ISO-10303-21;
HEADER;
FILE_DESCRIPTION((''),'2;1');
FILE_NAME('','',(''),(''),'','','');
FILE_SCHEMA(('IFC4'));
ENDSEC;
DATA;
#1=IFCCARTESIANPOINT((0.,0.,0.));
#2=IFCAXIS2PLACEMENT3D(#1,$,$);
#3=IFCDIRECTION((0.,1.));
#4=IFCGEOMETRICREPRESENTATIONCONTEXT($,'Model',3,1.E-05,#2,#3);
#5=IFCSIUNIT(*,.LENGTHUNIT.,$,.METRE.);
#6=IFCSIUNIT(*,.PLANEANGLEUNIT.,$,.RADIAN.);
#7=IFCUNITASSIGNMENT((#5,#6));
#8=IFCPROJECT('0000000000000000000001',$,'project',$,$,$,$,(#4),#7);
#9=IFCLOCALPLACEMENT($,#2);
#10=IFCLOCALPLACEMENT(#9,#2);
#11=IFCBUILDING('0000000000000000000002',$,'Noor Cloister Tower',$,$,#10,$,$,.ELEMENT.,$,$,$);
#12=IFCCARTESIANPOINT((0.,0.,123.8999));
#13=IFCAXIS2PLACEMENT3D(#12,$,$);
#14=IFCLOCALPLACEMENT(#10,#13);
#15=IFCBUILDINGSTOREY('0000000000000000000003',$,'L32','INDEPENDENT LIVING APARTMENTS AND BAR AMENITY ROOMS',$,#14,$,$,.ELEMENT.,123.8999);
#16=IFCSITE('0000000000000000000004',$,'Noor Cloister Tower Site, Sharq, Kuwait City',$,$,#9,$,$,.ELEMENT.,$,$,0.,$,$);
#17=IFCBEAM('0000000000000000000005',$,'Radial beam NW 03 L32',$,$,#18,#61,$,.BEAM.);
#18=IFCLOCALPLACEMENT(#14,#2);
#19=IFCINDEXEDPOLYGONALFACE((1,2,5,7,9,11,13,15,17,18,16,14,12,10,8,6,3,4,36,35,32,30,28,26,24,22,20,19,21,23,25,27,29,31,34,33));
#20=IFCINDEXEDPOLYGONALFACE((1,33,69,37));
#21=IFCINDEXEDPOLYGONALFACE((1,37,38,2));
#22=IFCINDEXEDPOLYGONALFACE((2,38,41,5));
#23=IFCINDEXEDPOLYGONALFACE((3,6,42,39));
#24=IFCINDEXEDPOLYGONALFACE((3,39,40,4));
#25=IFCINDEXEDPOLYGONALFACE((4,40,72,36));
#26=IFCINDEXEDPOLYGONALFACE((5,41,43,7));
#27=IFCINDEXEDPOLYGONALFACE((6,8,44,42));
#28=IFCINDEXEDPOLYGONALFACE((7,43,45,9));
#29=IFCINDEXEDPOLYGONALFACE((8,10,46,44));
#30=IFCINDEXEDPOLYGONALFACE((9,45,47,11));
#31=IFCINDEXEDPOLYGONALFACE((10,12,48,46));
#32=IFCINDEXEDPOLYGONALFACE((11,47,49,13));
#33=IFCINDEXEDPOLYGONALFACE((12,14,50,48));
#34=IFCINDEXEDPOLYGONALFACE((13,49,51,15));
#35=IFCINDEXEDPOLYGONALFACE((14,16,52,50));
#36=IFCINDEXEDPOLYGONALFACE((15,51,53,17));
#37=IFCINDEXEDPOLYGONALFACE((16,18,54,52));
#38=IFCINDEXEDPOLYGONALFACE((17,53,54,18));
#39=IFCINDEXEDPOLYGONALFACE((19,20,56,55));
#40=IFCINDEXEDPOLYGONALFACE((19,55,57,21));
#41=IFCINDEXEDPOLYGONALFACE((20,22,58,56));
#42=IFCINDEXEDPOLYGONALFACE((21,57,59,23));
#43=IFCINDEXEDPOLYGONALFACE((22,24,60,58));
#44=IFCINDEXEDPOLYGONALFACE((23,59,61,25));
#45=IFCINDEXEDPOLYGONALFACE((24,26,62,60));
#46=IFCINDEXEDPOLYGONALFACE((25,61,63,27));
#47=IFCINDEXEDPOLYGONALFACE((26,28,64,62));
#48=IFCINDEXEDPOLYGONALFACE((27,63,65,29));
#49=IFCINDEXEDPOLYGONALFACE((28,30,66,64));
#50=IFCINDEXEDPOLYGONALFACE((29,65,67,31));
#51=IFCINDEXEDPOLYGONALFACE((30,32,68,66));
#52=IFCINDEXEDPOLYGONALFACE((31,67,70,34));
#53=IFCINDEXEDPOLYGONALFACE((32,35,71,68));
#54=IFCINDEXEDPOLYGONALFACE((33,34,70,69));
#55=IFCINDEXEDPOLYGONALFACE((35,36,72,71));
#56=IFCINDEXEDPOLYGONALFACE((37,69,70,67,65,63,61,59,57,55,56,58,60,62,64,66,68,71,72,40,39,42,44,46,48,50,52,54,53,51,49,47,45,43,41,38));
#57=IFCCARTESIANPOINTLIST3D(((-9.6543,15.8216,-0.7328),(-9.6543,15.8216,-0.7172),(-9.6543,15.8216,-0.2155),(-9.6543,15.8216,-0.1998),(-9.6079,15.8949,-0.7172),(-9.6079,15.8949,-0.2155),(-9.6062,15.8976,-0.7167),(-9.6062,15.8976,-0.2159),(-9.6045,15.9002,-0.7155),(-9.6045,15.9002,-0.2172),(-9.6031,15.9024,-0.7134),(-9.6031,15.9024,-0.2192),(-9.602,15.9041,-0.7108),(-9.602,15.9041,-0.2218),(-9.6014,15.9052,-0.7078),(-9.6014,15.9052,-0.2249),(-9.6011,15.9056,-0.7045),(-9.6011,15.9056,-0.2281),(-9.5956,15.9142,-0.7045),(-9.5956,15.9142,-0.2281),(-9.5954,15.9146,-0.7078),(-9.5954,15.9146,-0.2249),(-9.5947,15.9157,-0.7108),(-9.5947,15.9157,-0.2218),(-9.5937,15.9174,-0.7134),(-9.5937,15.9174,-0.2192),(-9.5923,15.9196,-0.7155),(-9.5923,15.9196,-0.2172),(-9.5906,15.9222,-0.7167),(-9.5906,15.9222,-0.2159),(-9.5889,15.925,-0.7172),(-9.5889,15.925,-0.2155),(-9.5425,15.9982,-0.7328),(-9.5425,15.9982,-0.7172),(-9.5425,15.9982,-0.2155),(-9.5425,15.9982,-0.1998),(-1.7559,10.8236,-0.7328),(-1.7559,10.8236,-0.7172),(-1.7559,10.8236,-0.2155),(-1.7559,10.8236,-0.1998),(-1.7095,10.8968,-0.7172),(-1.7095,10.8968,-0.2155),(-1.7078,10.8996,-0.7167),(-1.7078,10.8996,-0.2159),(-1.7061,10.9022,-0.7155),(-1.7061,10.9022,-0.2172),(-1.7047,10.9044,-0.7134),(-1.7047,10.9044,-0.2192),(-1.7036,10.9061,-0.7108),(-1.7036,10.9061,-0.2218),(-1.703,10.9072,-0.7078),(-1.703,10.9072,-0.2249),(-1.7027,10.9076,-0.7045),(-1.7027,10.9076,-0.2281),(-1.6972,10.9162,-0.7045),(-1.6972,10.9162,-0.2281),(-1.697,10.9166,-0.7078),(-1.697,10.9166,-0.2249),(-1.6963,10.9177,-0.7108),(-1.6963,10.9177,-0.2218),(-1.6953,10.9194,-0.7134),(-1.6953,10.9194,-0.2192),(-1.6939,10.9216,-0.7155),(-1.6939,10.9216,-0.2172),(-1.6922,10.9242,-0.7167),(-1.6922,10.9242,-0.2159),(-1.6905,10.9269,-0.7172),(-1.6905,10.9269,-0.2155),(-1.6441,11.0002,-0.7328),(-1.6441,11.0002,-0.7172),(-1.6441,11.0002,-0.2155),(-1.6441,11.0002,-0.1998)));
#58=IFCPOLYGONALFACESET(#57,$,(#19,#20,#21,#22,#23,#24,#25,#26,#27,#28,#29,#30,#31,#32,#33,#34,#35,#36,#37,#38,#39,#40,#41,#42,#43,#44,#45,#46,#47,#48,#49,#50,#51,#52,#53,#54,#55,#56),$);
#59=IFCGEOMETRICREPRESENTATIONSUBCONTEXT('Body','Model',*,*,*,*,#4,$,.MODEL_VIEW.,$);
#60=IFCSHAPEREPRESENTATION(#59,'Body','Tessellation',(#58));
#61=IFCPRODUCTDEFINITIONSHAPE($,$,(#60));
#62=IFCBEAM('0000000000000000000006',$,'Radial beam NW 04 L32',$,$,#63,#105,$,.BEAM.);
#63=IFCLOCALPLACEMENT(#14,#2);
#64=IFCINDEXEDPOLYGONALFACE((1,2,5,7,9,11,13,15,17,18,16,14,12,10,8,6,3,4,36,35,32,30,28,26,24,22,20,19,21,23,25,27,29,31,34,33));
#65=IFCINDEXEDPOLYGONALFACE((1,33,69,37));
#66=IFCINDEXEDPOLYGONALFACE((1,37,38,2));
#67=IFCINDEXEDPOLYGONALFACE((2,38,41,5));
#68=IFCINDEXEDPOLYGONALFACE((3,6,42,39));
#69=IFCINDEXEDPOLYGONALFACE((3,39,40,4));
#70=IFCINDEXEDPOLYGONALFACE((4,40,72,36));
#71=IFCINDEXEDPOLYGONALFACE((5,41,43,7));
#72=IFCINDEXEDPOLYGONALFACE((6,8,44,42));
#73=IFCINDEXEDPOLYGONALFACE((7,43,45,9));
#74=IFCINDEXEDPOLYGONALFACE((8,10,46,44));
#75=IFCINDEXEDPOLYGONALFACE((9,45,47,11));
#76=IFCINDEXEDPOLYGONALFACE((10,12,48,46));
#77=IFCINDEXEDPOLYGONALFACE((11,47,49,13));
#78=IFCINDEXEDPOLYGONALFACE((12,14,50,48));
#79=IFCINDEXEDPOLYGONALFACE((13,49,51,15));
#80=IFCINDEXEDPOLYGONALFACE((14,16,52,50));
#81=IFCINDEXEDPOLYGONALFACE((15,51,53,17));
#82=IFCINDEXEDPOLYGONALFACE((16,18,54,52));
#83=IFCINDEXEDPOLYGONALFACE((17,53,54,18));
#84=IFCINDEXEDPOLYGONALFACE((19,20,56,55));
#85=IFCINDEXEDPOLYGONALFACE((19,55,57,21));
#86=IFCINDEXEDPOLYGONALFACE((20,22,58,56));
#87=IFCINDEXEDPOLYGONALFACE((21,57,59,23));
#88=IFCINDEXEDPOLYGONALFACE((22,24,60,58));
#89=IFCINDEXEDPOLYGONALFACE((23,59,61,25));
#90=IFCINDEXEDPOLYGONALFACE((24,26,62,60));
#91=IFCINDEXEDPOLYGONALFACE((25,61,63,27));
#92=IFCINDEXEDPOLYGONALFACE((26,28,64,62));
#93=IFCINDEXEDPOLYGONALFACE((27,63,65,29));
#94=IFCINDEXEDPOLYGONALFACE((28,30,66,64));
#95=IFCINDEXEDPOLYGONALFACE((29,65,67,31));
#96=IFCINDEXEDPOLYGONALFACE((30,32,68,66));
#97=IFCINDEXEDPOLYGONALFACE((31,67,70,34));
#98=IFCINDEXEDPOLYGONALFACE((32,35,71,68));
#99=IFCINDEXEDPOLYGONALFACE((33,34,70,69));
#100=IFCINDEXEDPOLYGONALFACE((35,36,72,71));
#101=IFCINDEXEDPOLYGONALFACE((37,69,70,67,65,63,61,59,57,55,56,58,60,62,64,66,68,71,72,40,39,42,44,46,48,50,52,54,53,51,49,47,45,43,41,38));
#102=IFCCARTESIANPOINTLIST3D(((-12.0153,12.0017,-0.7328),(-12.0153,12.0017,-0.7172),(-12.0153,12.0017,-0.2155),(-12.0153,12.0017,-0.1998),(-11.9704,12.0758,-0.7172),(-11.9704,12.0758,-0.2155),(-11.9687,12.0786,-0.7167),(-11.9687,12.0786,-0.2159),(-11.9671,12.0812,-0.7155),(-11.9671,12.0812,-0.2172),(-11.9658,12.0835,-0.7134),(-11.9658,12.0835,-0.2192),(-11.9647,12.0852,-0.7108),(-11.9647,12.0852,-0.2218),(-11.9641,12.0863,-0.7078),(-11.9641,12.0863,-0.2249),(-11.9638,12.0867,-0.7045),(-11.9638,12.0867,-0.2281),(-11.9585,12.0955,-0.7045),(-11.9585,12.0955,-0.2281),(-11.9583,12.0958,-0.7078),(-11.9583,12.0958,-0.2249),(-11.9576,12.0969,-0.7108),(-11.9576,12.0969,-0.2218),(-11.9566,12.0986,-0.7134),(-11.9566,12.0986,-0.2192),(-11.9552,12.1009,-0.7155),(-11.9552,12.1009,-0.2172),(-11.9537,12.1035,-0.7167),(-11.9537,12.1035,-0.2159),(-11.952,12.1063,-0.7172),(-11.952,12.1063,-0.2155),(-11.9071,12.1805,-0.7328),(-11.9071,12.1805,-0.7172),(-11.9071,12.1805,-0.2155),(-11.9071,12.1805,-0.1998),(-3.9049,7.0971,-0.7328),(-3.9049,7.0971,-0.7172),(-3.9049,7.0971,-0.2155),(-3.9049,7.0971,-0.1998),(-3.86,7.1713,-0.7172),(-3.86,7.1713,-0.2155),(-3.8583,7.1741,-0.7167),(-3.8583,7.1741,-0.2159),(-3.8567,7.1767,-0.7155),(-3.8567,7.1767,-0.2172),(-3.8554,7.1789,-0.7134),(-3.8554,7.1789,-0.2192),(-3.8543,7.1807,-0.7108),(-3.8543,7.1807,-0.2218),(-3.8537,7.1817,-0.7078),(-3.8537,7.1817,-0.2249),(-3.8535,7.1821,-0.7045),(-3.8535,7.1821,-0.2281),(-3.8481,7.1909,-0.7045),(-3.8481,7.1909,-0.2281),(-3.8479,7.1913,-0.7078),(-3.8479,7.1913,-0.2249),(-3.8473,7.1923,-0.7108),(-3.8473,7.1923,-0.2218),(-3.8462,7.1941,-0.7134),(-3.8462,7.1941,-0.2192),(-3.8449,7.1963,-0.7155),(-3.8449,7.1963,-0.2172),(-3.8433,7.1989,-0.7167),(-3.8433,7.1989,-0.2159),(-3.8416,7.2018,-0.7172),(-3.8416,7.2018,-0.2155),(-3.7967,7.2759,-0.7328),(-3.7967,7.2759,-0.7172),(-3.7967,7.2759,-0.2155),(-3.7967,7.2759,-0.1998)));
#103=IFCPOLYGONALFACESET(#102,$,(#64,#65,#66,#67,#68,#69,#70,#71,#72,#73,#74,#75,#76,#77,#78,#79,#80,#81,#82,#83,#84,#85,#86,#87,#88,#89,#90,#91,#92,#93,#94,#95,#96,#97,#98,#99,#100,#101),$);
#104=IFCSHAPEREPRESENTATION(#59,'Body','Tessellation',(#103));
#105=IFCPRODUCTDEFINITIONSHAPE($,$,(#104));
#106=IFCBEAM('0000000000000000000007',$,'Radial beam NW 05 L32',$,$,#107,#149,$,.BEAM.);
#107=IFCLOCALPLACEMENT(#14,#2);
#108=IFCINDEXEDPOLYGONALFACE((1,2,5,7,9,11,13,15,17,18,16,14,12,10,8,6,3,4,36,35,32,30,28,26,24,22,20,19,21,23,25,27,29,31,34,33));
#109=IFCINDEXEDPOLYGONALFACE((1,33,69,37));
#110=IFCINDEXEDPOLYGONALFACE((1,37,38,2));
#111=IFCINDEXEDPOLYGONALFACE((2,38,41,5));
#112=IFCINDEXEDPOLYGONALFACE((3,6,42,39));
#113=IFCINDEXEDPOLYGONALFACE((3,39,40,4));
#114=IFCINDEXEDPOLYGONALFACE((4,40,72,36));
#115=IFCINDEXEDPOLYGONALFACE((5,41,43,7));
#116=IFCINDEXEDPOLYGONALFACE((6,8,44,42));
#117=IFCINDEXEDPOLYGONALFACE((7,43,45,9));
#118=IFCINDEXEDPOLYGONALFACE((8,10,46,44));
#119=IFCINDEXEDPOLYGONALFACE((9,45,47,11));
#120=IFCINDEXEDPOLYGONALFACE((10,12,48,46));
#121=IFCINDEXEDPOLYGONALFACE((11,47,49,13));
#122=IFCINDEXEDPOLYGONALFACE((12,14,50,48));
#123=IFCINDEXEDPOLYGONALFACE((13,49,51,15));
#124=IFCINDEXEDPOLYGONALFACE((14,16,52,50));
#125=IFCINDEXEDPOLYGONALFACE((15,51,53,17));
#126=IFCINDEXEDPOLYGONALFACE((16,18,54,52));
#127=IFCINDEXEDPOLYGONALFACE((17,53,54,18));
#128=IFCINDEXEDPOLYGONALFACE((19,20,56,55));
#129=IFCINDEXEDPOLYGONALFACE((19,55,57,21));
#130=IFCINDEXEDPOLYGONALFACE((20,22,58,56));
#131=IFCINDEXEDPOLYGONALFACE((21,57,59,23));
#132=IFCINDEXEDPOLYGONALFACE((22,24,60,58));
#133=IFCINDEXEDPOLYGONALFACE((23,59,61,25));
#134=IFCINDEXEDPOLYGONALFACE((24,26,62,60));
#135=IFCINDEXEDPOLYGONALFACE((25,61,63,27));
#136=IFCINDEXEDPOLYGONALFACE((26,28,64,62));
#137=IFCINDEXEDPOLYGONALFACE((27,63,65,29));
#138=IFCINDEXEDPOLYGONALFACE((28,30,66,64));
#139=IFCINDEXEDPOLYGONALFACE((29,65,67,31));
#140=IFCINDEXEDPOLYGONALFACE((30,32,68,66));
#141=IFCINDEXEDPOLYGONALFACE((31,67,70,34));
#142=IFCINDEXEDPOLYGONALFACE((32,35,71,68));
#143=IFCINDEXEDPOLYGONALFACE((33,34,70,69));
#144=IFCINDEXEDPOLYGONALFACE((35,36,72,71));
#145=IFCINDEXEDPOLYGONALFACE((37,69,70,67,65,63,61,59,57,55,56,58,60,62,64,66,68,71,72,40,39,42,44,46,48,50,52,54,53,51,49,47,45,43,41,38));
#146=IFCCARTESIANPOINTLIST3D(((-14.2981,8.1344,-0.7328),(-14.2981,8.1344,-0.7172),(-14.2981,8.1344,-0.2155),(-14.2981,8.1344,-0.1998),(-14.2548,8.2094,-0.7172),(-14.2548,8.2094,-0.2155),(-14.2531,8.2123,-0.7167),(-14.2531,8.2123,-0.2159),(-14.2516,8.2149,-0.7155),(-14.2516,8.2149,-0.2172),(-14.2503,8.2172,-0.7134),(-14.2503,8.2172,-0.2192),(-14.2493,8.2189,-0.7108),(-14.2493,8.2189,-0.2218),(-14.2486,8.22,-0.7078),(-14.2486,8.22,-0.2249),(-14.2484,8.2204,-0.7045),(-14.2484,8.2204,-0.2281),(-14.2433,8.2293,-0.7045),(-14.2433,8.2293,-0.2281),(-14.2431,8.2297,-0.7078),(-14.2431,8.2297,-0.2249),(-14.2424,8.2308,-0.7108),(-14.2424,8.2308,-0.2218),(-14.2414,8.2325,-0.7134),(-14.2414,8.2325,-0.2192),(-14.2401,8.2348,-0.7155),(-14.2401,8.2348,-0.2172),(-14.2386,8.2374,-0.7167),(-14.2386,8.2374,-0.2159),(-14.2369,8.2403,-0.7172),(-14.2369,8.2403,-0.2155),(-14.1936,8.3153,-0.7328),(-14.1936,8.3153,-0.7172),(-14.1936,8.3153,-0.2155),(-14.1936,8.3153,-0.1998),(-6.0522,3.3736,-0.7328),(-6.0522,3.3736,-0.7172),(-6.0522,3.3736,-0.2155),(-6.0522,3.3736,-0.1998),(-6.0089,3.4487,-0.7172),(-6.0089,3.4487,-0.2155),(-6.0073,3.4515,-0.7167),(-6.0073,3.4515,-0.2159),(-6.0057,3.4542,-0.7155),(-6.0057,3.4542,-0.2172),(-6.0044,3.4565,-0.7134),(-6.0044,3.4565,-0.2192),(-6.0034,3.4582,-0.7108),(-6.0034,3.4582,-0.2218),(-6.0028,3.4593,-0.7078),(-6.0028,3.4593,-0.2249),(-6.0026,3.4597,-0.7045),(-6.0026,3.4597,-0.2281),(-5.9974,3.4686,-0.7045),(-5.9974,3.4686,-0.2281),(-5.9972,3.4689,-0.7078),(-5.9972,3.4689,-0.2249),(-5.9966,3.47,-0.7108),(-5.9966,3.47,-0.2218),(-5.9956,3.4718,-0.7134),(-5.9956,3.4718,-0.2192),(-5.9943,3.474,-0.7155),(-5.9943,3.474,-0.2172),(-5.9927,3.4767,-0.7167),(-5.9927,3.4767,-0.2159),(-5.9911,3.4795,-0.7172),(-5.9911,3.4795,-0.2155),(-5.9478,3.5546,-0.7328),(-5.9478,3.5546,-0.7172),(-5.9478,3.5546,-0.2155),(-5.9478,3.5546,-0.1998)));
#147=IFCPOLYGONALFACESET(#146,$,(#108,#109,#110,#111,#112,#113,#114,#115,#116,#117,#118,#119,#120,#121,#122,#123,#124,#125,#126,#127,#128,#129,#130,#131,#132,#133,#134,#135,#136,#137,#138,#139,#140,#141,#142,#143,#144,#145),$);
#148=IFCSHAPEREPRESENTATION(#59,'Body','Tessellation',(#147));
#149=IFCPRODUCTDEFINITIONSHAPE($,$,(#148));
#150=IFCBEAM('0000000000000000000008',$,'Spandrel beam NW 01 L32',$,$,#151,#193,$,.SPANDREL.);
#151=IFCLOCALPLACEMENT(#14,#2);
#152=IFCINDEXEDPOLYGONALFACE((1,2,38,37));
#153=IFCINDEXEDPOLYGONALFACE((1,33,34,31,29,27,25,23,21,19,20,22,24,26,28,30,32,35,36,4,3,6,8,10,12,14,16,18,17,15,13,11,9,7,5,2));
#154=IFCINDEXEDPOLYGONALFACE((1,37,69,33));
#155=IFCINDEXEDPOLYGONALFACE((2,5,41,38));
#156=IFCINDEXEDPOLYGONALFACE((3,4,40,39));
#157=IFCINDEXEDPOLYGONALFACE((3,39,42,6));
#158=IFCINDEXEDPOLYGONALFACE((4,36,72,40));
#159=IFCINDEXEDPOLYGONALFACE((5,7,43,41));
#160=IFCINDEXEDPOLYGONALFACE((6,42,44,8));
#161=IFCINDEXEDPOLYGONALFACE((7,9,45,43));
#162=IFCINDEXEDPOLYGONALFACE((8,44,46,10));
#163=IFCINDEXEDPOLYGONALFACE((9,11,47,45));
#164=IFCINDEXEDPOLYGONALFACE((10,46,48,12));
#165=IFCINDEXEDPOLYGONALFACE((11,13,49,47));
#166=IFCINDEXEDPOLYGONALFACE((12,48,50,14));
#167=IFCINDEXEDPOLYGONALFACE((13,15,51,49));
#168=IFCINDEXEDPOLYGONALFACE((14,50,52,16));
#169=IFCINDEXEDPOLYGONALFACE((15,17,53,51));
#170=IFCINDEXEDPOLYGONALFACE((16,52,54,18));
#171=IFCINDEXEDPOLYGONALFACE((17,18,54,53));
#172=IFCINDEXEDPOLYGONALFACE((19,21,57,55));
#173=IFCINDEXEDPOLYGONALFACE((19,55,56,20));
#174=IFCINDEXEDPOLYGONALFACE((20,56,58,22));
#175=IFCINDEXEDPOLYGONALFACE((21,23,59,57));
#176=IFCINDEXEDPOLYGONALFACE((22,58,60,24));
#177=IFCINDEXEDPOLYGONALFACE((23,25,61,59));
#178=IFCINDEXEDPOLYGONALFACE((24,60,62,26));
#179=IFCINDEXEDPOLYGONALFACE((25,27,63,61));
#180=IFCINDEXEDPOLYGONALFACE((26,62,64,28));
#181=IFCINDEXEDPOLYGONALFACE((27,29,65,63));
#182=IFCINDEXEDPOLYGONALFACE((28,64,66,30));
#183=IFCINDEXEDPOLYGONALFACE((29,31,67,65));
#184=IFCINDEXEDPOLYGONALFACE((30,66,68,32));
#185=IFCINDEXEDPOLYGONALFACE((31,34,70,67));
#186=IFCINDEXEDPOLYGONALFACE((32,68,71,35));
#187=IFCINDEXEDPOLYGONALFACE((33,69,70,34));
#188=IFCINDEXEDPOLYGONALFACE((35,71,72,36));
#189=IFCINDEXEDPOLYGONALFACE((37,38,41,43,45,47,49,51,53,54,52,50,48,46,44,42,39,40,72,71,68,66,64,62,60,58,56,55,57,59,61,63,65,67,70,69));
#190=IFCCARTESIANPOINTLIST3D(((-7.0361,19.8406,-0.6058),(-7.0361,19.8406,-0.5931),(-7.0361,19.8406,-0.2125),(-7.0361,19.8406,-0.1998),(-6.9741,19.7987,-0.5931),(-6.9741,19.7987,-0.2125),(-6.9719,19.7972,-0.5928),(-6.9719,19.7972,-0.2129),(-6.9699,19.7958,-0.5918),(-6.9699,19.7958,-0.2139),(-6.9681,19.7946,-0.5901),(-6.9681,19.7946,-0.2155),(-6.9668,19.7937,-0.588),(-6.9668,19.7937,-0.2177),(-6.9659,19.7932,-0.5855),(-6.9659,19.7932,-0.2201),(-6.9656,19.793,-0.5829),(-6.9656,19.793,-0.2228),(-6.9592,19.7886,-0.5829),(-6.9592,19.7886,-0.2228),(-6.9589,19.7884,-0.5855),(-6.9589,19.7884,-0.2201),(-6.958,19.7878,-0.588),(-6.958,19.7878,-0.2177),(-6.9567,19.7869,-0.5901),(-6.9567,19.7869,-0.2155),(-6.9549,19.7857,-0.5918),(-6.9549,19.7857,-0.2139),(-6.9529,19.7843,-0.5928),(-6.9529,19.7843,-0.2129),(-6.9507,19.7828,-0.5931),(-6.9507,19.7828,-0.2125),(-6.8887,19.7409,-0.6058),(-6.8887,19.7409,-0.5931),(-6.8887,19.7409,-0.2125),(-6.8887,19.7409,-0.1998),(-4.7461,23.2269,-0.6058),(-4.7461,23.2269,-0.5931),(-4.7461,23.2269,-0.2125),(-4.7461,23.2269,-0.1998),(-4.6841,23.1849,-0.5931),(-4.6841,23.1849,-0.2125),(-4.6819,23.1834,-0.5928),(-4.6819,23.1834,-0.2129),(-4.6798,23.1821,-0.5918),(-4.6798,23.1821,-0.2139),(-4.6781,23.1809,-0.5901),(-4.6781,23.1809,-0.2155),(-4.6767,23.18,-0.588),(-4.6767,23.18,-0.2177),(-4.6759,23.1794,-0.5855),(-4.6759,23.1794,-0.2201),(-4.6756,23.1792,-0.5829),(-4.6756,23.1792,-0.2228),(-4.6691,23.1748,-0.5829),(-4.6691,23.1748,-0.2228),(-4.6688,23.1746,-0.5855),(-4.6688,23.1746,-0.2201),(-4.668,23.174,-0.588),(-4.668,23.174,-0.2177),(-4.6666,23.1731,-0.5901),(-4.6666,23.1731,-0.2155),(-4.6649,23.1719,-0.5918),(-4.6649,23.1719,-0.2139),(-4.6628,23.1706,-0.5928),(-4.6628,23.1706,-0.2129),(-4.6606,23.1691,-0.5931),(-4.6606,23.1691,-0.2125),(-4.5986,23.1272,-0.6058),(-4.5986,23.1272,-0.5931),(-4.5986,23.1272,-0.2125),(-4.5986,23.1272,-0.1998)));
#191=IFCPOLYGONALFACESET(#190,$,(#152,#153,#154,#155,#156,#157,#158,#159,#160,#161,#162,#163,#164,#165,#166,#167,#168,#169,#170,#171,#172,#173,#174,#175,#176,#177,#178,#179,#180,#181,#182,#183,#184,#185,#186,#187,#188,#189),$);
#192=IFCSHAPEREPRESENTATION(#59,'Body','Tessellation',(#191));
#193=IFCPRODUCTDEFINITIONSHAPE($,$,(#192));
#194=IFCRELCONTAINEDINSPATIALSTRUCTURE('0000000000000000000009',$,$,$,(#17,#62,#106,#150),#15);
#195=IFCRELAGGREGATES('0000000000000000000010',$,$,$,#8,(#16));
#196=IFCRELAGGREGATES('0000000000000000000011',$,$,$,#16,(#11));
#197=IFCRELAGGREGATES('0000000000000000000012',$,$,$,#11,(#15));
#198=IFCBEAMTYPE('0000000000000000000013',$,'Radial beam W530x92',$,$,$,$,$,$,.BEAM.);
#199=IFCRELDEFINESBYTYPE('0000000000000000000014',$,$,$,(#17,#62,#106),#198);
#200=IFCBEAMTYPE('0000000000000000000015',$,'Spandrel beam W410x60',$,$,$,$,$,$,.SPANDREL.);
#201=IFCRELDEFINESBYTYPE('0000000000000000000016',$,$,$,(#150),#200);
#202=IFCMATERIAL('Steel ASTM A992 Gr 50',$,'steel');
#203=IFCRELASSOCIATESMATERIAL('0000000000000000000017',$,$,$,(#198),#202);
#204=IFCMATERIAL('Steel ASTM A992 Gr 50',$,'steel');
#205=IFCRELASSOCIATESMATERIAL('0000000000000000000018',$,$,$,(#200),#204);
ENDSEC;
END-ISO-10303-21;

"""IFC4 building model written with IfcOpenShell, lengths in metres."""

from ifc_helpers import new_model, si_unit, direction, frame, origin, origin_2d, place, context, subcontext, project, spatial, i_section, extrude, material, material_profile, profile_set, type_object, element, save


model = new_model("IFC4")

# Units and contexts
model_context = context("Model", 3, precision=1e-05, world=origin(), true_north=direction((0.0, 1.0)))
body_context = subcontext(model_context, "Body", "Model", "MODEL_VIEW")
ifc_project = project(units=[si_unit("LENGTHUNIT", "METRE"), si_unit("PLANEANGLEUNIT", "RADIAN")], contexts=[model_context])

# Site, building, storey
site_placement = place(None, origin())
site = spatial("IfcSite", under=ifc_project, at=site_placement, Name="Noor Cloister Tower Site, Sharq, Kuwait City", CompositionType="ELEMENT", RefElevation=0.0)
building_placement = place(site_placement, origin())
building = spatial("IfcBuilding", under=site, at=building_placement, Name="Noor Cloister Tower", CompositionType="ELEMENT")
storey_placement = place(building_placement, frame((0.0, 0.0, 123.8999)))
storey = spatial("IfcBuildingStorey", under=building, at=storey_placement, Name="L32", Description="INDEPENDENT LIVING APARTMENTS AND BAR AMENITY ROOMS", CompositionType="ELEMENT", Elevation=123.8999)

# Beams
ifc_material_1 = material(Name="Steel ASTM A992 Gr 50", Category="steel")
ifc_material_profile_1 = material_profile(ifc_material_1, i_section(OverallWidth=0.209, OverallDepth=0.533, WebThickness=0.0103, FlangeThickness=0.0156, FilletRadius=0.0127, at=origin_2d()), Name="W530x92")
ifc_profile_set_1 = profile_set([ifc_material_profile_1], Name="Steel ASTM A992 Gr 50")
beam_type_1 = type_object("IfcBeamType", Name="Radial beam W530x92", PredefinedType="BEAM", material=ifc_profile_set_1)
beam_1_placement = place(storey_placement, frame((-9.5984, 15.9099, -0.4663), z_axis=(0.845027, -0.534724, 0.0), x_axis=(0.534724, 0.845027, 0.0)))
element("IfcBeam", 1, at=beam_1_placement, inside=storey, type_object=beam_type_1, Name="Radial beam NW 03 L32", PredefinedType="BEAM", context=body_context, shape_type="SweptSolid", body=[
    extrude(i_section(OverallWidth=0.209, OverallDepth=0.533, WebThickness=0.0103, FlangeThickness=0.0156, FilletRadius=0.0127, at=origin_2d()), origin(), (0.0, 0.0, 1.0), 9.3469),
])
beam_2_placement = place(storey_placement, frame((-11.9612, 12.0911, -0.4663), z_axis=(0.855704, -0.517466, 0.0), x_axis=(0.517466, 0.855704, 0.0)))
element("IfcBeam", 2, at=beam_2_placement, inside=storey, type_object=beam_type_1, Name="Radial beam NW 04 L32", PredefinedType="BEAM", context=body_context, shape_type="SweptSolid", body=[
    extrude(i_section(OverallWidth=0.209, OverallDepth=0.533, WebThickness=0.0103, FlangeThickness=0.0156, FilletRadius=0.0127, at=origin_2d()), origin(), (0.0, 0.0, 1.0), 9.478),
])
beam_3_placement = place(storey_placement, frame((-14.2458, 8.2249, -0.4663), z_axis=(0.866025, -0.5, 0.0), x_axis=(0.5, 0.866025, 0.0)))
element("IfcBeam", 3, at=beam_3_placement, inside=storey, type_object=beam_type_1, Name="Radial beam NW 05 L32", PredefinedType="BEAM", context=body_context, shape_type="SweptSolid", body=[
    extrude(i_section(OverallWidth=0.209, OverallDepth=0.533, WebThickness=0.0103, FlangeThickness=0.0156, FilletRadius=0.0127, at=origin_2d()), origin(), (0.0, 0.0, 1.0), 9.5215),
])
ifc_material_2 = material(Name="Steel ASTM A992 Gr 50", Category="steel")
ifc_material_profile_2 = material_profile(ifc_material_2, i_section(OverallWidth=0.178, OverallDepth=0.406, WebThickness=0.0078, FlangeThickness=0.0127, FilletRadius=0.0103, at=origin_2d()), Name="W410x60")
ifc_profile_set_2 = profile_set([ifc_material_profile_2], Name="Steel ASTM A992 Gr 50")
beam_type_2 = type_object("IfcBeamType", Name="Spandrel beam W410x60", PredefinedType="SPANDREL", material=ifc_profile_set_2)
for number, where, z_axis, x_axis, name in (
    (4, (-4.6724, 23.177, -0.4028), (-0.560201, -0.828357, 0.0), (0.828357, -0.560201, 0.0), "Spandrel beam NW 01 L32"),
):
    element("IfcBeam", number, at=place(storey_placement, frame(where, z_axis=z_axis, x_axis=x_axis)), inside=storey, type_object=beam_type_2, Name=name, PredefinedType="SPANDREL", context=body_context, shape_type="SweptSolid", body=[
        extrude(i_section(OverallWidth=0.178, OverallDepth=0.406, WebThickness=0.0078, FlangeThickness=0.0127, FilletRadius=0.0103, at=origin_2d()), origin(), (0.0, 0.0, 1.0), 4.0879),
    ])

save(model, "model.ifc")
